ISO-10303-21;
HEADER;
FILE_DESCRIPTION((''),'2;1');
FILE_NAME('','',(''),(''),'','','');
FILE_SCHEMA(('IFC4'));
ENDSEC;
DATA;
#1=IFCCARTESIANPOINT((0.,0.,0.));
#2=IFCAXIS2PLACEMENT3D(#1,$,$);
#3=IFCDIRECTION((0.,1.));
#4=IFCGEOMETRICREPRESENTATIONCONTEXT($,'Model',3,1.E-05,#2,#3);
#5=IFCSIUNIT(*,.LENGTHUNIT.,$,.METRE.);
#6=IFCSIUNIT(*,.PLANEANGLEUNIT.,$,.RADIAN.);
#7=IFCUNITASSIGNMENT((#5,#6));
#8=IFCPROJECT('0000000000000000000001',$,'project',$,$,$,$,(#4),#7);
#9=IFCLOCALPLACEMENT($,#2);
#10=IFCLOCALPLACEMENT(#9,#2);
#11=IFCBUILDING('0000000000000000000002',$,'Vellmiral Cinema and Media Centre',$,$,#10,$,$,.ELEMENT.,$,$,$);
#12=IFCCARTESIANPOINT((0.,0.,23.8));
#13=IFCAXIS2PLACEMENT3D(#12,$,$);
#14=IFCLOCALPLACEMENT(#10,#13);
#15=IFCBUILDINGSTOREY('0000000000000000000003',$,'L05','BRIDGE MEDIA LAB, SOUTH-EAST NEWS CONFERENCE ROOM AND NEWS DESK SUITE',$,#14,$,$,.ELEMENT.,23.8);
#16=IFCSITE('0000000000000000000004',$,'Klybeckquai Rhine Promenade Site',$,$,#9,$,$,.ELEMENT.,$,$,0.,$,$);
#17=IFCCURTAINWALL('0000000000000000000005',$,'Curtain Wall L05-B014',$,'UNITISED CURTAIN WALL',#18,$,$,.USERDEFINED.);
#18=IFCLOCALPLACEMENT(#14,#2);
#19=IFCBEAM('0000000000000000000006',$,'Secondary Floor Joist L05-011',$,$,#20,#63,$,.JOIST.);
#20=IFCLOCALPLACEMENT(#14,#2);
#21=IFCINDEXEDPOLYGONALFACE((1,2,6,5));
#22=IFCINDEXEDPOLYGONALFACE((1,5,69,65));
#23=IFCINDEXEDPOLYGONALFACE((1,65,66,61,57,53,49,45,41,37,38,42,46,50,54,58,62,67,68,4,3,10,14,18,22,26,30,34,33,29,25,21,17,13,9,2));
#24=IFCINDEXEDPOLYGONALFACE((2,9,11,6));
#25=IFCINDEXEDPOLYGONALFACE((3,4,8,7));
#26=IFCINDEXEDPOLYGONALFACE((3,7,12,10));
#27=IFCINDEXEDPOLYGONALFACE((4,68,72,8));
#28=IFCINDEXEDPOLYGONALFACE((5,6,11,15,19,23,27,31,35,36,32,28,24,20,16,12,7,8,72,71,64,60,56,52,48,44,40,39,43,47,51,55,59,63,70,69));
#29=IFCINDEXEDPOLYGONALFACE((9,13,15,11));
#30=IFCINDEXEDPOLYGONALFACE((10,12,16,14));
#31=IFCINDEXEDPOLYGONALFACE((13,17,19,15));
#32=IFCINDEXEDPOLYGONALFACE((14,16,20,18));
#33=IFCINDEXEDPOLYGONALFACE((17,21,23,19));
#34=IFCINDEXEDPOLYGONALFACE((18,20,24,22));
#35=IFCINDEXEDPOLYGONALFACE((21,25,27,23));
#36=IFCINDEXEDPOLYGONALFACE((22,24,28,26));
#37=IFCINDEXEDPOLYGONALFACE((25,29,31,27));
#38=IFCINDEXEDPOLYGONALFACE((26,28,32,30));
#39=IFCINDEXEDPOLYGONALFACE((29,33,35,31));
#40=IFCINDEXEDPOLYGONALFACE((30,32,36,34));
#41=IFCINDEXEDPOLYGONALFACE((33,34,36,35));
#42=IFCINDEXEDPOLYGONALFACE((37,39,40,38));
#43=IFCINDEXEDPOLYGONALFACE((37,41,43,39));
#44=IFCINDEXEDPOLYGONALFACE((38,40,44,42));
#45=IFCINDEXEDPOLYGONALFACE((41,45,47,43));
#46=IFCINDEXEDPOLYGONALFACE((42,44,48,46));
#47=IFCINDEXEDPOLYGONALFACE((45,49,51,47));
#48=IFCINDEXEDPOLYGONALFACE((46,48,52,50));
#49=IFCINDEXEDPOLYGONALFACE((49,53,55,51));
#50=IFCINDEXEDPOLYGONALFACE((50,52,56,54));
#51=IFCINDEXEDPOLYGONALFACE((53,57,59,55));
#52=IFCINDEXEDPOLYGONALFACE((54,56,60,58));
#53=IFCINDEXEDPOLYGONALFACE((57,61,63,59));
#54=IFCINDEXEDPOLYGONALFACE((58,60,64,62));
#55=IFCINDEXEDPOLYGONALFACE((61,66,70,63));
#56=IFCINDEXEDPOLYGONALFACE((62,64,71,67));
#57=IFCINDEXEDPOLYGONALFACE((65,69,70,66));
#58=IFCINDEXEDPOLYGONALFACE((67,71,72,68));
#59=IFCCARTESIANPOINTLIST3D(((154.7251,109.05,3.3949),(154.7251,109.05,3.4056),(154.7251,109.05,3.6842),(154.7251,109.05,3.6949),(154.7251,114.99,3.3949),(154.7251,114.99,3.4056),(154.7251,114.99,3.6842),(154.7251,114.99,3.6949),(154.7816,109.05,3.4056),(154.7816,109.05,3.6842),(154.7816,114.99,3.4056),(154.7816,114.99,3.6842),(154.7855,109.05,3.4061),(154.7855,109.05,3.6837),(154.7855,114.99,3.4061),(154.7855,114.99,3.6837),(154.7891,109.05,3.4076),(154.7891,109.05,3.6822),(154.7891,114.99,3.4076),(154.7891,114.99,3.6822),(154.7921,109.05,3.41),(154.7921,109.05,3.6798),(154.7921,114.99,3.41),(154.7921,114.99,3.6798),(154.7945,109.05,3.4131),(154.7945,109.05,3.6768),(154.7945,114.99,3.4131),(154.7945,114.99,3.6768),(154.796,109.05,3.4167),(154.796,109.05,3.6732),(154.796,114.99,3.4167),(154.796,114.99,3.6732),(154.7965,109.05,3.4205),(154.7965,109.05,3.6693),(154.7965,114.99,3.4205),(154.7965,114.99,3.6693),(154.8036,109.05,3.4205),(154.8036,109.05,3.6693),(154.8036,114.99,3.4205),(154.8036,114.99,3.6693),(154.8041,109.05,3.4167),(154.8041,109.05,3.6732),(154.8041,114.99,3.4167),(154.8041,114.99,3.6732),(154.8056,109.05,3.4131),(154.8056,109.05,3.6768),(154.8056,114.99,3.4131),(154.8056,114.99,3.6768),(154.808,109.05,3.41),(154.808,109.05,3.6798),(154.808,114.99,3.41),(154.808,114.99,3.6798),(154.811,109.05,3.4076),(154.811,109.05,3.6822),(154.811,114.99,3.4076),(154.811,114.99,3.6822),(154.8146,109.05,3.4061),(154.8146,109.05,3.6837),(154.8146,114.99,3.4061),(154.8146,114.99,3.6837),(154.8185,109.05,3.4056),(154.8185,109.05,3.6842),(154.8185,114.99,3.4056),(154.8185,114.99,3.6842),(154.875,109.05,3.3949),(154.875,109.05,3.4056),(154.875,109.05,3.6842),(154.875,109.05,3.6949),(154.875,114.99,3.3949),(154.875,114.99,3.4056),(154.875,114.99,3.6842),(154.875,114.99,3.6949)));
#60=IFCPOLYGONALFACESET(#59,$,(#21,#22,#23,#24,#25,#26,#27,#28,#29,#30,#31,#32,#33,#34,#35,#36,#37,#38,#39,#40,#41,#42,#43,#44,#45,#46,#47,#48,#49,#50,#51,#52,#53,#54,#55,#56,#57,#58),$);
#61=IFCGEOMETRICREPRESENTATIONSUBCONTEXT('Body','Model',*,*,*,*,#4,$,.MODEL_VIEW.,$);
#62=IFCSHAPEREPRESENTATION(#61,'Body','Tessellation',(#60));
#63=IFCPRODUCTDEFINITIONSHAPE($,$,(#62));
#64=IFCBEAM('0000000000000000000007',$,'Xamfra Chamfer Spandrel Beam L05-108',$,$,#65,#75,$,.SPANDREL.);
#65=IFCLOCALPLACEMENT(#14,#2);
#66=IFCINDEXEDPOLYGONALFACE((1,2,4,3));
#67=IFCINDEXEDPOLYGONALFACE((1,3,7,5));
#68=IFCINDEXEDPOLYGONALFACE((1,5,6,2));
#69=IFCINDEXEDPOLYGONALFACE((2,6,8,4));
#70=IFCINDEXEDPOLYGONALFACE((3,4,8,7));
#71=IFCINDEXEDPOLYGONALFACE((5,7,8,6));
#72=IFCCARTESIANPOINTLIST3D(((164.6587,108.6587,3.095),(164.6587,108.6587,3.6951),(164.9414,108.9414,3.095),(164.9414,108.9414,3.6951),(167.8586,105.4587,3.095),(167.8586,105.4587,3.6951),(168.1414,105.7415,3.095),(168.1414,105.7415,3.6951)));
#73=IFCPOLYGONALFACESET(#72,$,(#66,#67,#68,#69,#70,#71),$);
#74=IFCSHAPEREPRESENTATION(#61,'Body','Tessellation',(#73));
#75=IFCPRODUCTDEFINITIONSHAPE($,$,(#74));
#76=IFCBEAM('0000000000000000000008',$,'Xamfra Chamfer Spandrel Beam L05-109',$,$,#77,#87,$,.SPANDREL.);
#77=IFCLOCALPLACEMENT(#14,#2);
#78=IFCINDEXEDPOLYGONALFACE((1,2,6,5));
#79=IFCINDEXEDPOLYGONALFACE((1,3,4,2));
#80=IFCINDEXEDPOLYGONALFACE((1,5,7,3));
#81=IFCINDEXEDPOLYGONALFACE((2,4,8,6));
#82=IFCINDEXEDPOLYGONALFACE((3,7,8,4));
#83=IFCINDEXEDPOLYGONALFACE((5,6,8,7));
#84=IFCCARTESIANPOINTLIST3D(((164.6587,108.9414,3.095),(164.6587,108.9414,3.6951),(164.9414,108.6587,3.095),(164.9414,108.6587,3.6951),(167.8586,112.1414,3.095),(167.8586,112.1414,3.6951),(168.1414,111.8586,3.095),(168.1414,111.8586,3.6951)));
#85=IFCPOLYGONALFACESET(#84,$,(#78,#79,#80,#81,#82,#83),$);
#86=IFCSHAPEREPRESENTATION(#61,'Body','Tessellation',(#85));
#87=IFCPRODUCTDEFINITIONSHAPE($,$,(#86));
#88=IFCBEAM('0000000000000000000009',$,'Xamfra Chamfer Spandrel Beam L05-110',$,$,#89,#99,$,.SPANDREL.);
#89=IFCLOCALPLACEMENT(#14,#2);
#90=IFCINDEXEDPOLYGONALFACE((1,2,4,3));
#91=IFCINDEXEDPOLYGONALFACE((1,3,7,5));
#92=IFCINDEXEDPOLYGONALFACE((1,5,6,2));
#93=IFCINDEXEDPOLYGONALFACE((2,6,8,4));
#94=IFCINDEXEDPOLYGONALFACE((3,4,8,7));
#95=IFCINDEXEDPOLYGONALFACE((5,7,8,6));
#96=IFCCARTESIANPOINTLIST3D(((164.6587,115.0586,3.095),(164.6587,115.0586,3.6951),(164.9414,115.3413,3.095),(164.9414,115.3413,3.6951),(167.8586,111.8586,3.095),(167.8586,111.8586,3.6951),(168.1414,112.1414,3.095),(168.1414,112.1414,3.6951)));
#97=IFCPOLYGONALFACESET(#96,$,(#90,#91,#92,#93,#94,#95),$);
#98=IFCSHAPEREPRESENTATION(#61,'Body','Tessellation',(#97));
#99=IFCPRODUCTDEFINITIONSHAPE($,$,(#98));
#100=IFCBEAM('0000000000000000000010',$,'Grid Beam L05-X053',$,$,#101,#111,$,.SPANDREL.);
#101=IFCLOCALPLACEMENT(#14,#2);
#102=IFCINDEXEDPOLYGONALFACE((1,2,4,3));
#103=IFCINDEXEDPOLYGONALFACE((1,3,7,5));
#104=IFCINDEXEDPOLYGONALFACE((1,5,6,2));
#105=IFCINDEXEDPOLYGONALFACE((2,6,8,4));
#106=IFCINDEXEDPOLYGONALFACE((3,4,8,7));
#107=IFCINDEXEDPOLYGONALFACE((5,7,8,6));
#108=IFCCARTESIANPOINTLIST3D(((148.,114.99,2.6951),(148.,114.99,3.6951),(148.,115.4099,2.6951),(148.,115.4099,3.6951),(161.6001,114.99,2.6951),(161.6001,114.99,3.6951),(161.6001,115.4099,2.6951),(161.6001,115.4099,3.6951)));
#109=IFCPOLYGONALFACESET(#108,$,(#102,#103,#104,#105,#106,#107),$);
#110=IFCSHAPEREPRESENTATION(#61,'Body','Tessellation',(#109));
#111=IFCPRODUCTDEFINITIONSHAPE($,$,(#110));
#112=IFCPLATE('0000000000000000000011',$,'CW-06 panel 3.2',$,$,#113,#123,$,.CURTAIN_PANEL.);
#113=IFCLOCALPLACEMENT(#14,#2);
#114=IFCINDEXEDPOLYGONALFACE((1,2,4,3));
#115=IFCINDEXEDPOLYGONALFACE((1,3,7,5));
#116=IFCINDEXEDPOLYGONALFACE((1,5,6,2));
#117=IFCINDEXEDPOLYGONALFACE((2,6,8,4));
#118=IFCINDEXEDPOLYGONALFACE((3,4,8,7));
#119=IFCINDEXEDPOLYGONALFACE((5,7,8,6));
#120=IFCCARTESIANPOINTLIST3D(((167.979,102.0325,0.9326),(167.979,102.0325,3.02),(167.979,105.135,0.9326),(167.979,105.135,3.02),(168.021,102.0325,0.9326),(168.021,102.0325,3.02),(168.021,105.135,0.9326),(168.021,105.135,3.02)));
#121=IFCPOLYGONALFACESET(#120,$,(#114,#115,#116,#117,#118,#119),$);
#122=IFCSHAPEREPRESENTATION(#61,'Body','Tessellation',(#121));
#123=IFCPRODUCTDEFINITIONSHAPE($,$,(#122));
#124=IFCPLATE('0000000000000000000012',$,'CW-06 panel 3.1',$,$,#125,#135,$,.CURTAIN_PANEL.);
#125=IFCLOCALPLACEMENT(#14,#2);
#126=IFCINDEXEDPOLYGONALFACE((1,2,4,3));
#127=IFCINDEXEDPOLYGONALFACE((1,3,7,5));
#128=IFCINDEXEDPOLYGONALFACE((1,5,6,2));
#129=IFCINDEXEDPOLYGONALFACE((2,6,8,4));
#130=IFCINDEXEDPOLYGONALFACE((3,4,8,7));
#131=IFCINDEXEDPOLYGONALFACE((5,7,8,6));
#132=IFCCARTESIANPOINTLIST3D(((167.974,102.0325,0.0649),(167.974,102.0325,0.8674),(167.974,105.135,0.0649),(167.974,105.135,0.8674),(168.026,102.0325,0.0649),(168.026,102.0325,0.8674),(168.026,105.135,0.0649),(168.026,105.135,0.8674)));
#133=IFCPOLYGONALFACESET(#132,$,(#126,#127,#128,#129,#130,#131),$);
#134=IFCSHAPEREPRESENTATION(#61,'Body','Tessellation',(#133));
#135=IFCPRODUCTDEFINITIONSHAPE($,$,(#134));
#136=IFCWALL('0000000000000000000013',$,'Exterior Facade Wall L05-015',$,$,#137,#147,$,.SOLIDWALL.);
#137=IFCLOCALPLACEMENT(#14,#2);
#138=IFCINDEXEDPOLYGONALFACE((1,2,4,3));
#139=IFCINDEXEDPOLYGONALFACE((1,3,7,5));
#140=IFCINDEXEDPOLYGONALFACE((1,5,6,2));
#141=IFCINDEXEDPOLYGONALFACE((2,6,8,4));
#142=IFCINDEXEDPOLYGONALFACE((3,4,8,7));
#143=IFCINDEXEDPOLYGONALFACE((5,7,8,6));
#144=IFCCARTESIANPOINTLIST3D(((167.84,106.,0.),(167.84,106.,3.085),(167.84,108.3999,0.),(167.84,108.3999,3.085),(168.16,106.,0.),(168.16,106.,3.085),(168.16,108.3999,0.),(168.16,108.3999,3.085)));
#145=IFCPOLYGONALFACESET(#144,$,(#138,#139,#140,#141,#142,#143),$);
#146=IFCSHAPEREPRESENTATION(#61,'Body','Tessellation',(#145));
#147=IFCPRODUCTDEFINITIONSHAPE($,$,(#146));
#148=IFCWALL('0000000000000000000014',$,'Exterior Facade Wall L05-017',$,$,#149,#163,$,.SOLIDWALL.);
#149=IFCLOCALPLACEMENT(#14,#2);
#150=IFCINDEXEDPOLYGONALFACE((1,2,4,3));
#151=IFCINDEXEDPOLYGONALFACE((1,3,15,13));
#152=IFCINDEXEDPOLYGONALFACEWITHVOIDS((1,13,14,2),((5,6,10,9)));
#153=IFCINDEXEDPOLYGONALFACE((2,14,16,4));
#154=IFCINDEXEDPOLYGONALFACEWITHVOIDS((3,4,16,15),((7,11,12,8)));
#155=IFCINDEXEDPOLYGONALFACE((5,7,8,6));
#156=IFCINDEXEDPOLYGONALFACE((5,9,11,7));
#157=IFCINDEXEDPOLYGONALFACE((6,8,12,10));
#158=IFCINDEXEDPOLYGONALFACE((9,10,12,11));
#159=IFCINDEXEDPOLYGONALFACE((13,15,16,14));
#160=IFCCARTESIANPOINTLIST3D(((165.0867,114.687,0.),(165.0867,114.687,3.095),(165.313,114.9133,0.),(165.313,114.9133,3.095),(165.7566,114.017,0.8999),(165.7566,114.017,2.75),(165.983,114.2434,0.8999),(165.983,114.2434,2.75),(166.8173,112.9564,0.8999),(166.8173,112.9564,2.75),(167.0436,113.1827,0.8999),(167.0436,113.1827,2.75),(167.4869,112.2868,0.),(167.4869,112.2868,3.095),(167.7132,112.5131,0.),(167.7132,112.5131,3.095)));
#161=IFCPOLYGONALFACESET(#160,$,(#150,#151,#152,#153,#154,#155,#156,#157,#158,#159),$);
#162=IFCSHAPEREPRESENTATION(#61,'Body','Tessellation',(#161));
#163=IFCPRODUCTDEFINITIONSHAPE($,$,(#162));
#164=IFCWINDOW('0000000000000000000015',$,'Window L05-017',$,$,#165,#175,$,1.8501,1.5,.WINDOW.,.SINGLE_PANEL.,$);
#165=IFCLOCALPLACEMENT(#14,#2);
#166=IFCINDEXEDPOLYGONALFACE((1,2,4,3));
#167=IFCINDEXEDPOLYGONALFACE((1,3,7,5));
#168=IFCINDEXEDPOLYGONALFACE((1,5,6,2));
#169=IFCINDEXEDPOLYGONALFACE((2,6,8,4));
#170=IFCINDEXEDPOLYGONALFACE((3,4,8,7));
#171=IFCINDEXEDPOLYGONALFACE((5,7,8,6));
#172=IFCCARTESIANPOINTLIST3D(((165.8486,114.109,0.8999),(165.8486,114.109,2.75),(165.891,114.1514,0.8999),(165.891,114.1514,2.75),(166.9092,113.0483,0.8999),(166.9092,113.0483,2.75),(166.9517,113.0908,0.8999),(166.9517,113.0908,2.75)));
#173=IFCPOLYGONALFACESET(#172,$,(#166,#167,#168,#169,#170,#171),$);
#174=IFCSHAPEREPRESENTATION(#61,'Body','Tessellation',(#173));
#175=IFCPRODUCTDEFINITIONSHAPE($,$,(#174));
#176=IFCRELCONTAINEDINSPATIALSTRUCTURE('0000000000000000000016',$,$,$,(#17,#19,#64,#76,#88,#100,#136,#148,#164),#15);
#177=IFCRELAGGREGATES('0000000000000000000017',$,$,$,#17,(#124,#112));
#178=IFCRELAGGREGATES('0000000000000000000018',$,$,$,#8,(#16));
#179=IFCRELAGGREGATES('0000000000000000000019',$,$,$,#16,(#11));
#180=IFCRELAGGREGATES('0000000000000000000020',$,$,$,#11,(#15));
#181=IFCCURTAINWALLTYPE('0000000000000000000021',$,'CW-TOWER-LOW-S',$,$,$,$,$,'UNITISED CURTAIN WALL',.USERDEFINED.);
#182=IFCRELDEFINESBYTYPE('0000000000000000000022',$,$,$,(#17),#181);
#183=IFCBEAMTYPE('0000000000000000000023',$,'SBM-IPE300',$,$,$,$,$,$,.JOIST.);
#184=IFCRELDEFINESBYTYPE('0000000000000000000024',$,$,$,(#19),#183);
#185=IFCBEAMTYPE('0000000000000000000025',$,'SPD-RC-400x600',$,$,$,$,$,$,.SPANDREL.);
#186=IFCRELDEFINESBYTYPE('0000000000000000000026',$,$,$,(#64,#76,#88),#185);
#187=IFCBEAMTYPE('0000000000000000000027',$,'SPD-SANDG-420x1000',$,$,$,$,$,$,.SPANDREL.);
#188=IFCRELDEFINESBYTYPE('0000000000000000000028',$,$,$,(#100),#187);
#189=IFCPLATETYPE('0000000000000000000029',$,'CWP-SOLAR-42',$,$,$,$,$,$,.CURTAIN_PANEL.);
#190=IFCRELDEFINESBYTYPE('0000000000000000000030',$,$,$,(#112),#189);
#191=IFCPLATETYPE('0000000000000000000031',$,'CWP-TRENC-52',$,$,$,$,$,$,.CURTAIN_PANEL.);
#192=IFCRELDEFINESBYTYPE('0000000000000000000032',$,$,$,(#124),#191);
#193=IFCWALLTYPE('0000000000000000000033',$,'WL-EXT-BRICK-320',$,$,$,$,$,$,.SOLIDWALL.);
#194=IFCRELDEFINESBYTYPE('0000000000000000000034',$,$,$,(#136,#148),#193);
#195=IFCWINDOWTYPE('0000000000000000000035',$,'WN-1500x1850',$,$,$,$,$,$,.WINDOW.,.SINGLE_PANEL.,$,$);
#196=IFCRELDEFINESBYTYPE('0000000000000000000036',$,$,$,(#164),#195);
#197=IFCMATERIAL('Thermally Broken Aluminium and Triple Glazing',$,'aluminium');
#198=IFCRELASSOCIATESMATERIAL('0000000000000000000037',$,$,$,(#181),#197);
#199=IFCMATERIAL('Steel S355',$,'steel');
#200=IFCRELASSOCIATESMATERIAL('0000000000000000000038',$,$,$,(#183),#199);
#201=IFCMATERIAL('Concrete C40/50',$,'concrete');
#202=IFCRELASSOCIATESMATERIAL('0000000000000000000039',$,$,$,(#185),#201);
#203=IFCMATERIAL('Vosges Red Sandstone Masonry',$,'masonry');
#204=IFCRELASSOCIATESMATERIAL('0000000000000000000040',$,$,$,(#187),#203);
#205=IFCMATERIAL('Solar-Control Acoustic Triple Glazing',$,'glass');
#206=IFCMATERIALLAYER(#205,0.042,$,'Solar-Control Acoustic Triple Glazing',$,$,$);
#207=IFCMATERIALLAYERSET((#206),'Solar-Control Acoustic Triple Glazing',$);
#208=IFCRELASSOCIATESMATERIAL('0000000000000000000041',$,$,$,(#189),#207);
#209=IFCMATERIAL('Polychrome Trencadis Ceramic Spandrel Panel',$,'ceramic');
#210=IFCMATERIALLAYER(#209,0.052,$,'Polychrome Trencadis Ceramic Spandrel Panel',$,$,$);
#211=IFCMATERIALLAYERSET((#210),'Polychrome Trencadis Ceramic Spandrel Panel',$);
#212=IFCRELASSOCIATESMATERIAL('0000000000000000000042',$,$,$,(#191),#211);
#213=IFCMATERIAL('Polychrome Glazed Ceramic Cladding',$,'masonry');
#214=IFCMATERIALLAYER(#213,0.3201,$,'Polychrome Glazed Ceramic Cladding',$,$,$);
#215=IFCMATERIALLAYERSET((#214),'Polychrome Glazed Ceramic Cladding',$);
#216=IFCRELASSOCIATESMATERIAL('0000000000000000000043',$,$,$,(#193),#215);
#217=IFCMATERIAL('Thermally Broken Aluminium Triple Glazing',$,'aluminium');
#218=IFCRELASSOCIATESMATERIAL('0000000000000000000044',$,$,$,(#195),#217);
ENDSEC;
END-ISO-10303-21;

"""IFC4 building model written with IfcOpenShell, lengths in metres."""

from ifc_helpers import new_model, si_unit, direction, frame, frame_2d, origin, origin_2d, place, context, subcontext, project, spatial, rectangle, i_section, extrude, material, layer, layer_set, material_profile, profile_set, type_object, element, fill, aggregate, save


model = new_model("IFC4")

# Units and contexts
model_context = context("Model", 3, precision=1e-05, world=origin(), true_north=direction((0.0, 1.0)))
body_context = subcontext(model_context, "Body", "Model", "MODEL_VIEW")
ifc_project = project(units=[si_unit("LENGTHUNIT", "METRE"), si_unit("PLANEANGLEUNIT", "RADIAN")], contexts=[model_context])

# Site, building, storey
site_placement = place(None, origin())
site = spatial("IfcSite", under=ifc_project, at=site_placement, Name="Klybeckquai Rhine Promenade Site", CompositionType="ELEMENT", RefElevation=0.0)
building_placement = place(site_placement, origin())
building = spatial("IfcBuilding", under=site, at=building_placement, Name="Vellmiral Cinema and Media Centre", CompositionType="ELEMENT")
storey_placement = place(building_placement, frame((0.0, 0.0, 23.8)))
storey = spatial("IfcBuildingStorey", under=building, at=storey_placement, Name="L05", Description="BRIDGE MEDIA LAB, SOUTH-EAST NEWS CONFERENCE ROOM AND NEWS DESK SUITE", CompositionType="ELEMENT", Elevation=23.8)

# Curtain wall
ifc_material_1 = material(Name="Thermally Broken Aluminium and Triple Glazing", Category="aluminium")
curtain_wall_type = type_object("IfcCurtainWallType", Name="CW-TOWER-LOW-S", ElementType="UNITISED CURTAIN WALL", PredefinedType="USERDEFINED", material=ifc_material_1)
curtain_wall_1_placement = place(storey_placement, origin())
curtain_wall_1 = element("IfcCurtainWall", 1, at=curtain_wall_1_placement, inside=storey, type_object=curtain_wall_type, Name="Curtain Wall L05-B014", ObjectType="UNITISED CURTAIN WALL", PredefinedType="USERDEFINED")

# Beams
ifc_material_2 = material(Name="Steel S355", Category="steel")
ifc_material_profile_1 = material_profile(ifc_material_2, i_section(OverallWidth=0.1499, OverallDepth=0.3, WebThickness=0.0071, FlangeThickness=0.0107, FilletRadius=0.0149, at=origin_2d()), Name="IPE 300")
ifc_profile_set_1 = profile_set([ifc_material_profile_1], Name="Steel S355")
beam_type_1 = type_object("IfcBeamType", Name="SBM-IPE300", PredefinedType="JOIST", material=ifc_profile_set_1)
beam_1_placement = place(storey_placement, frame((154.8, 109.05, 3.5449), z_axis=(0.0, 1.0, 0.0), x_axis=(-1.0, 0.0, 0.0)))
element("IfcBeam", 2, at=beam_1_placement, inside=storey, type_object=beam_type_1, Name="Secondary Floor Joist L05-011", PredefinedType="JOIST", context=body_context, shape_type="SweptSolid", body=[
    extrude(i_section(OverallWidth=0.1499, OverallDepth=0.3, WebThickness=0.0071, FlangeThickness=0.0107, FilletRadius=0.0149, at=origin_2d()), origin(), (0.0, 0.0, 1.0), 5.9399),
])
ifc_material_3 = material(Name="Concrete C40/50", Category="concrete")
ifc_material_profile_2 = material_profile(ifc_material_3, rectangle(XDim=0.3999, YDim=0.6001, at=origin_2d()), Name="RC 400x600")
ifc_profile_set_2 = profile_set([ifc_material_profile_2], Name="Concrete C40/50")
beam_type_2 = type_object("IfcBeamType", Name="SPD-RC-400x600", PredefinedType="SPANDREL", material=ifc_profile_set_2)
for number, where, z_axis, x_axis, name in (
    (3, (164.8, 108.8, 3.395), (0.707107, -0.707107, 0.0), (0.707107, 0.707107, 0.0), "Xamfra Chamfer Spandrel Beam L05-108"),
    (4, (164.8, 108.8, 3.395), (0.707107, 0.707107, 0.0), (-0.707107, 0.707107, 0.0), "Xamfra Chamfer Spandrel Beam L05-109"),
    (5, (164.8, 115.2, 3.395), (0.707107, -0.707107, 0.0), (0.707107, 0.707107, 0.0), "Xamfra Chamfer Spandrel Beam L05-110"),
):
    element("IfcBeam", number, at=place(storey_placement, frame(where, z_axis=z_axis, x_axis=x_axis)), inside=storey, type_object=beam_type_2, Name=name, PredefinedType="SPANDREL", context=body_context, shape_type="SweptSolid", body=[
        extrude(rectangle(XDim=0.3999, YDim=0.6001, at=origin_2d()), origin(), (0.0, 0.0, 1.0), 4.5254),
    ])
ifc_material_4 = material(Name="Vosges Red Sandstone Masonry", Category="masonry")
ifc_material_profile_3 = material_profile(ifc_material_4, rectangle(XDim=0.4199, YDim=1.0, at=origin_2d()), Name="SAND 420x1000")
ifc_profile_set_3 = profile_set([ifc_material_profile_3], Name="Vosges Red Sandstone Masonry")
beam_type_3 = type_object("IfcBeamType", Name="SPD-SANDG-420x1000", PredefinedType="SPANDREL", material=ifc_profile_set_3)
beam_2_placement = place(storey_placement, frame((148.0, 115.2, 3.1951), z_axis=(1.0, 0.0, 0.0), x_axis=(0.0, 1.0, 0.0)))
element("IfcBeam", 6, at=beam_2_placement, inside=storey, type_object=beam_type_3, Name="Grid Beam L05-X053", PredefinedType="SPANDREL", context=body_context, shape_type="SweptSolid", body=[
    extrude(rectangle(XDim=0.4199, YDim=1.0, at=origin_2d()), origin(), (0.0, 0.0, 1.0), 13.6001),
])

# Plates
ifc_material_5 = material(Name="Solar-Control Acoustic Triple Glazing", Category="glass")
ifc_layer_1 = layer(ifc_material_5, 0.042, Name="Solar-Control Acoustic Triple Glazing")
ifc_layer_set_1 = layer_set([ifc_layer_1], Name="Solar-Control Acoustic Triple Glazing")
plate_type_1 = type_object("IfcPlateType", Name="CWP-SOLAR-42", PredefinedType="CURTAIN_PANEL", material=ifc_layer_set_1)
plate_1_placement = place(storey_placement, frame((168.0, 103.5837, 0.9326), z_axis=(0.0, 0.0, 1.0), x_axis=(0.0, 1.0, 0.0)))
plate_1 = element("IfcPlate", 7, at=plate_1_placement, type_object=plate_type_1, Name="CW-06 panel 3.2", PredefinedType="CURTAIN_PANEL", context=body_context, shape_type="SweptSolid", body=[
    extrude(rectangle(XDim=3.1025, YDim=0.042, at=origin_2d()), origin(), (0.0, 0.0, 1.0), 2.0874),
])
ifc_material_6 = material(Name="Polychrome Trencadis Ceramic Spandrel Panel", Category="ceramic")
ifc_layer_2 = layer(ifc_material_6, 0.052, Name="Polychrome Trencadis Ceramic Spandrel Panel")
ifc_layer_set_2 = layer_set([ifc_layer_2], Name="Polychrome Trencadis Ceramic Spandrel Panel")
plate_type_2 = type_object("IfcPlateType", Name="CWP-TRENC-52", PredefinedType="CURTAIN_PANEL", material=ifc_layer_set_2)
plate_2_placement = place(storey_placement, frame((168.0, 103.5837, 0.0649), z_axis=(0.0, 0.0, 1.0), x_axis=(0.0, 1.0, 0.0)))
plate_2 = element("IfcPlate", 8, at=plate_2_placement, type_object=plate_type_2, Name="CW-06 panel 3.1", PredefinedType="CURTAIN_PANEL", context=body_context, shape_type="SweptSolid", body=[
    extrude(rectangle(XDim=3.1025, YDim=0.052, at=origin_2d()), origin(), (0.0, 0.0, 1.0), 0.8025),
])
aggregate(curtain_wall_1, [plate_2, plate_1])

# Wall
ifc_material_7 = material(Name="Polychrome Glazed Ceramic Cladding", Category="masonry")
ifc_layer_3 = layer(ifc_material_7, 0.3201, Name="Polychrome Glazed Ceramic Cladding")
ifc_layer_set_3 = layer_set([ifc_layer_3], Name="Polychrome Glazed Ceramic Cladding")
wall_type_1 = type_object("IfcWallType", Name="WL-EXT-BRICK-320", PredefinedType="SOLIDWALL", material=ifc_layer_set_3)
wall_1_placement = place(storey_placement, frame((168.0, 106.0, 0.0), z_axis=(0.0, 0.0, 1.0), x_axis=(0.0, 1.0, 0.0)))
element("IfcWall", 9, at=wall_1_placement, inside=storey, type_object=wall_type_1, Name="Exterior Facade Wall L05-015", PredefinedType="SOLIDWALL", context=body_context, shape_type="SweptSolid", body=[
    extrude(rectangle(XDim=2.3999, YDim=0.3201, at=frame_2d((1.2, 0.0))), origin(), (0.0, 0.0, 1.0), 3.085),
])

# Wall, opening, window
wall_2_placement = place(storey_placement, frame((167.6001, 112.3999, 0.0), z_axis=(0.0, 0.0, 1.0), x_axis=(-0.707107, 0.707107, 0.0)))
wall_2 = element("IfcWall", 10, at=wall_2_placement, inside=storey, type_object=wall_type_1, Name="Exterior Facade Wall L05-017", PredefinedType="SOLIDWALL", context=body_context, shape_type="SweptSolid", body=[
    extrude(rectangle(XDim=3.3943, YDim=0.3201, at=frame_2d((1.6973, 0.0))), origin(), (0.0, 0.0, 1.0), 3.095),
])
opening_1_placement = place(wall_2_placement, frame((0.947, 0.0, 0.8999)))
opening_1 = element("IfcOpeningElement", 11, at=opening_1_placement, cuts=wall_2, PredefinedType="OPENING", context=body_context, shape_type="SweptSolid", body=[
    extrude(rectangle(XDim=1.5, YDim=1.8501, at=frame_2d((0.75, 0.925))), frame((0.0, 0.1719, 0.0), z_axis=(0.0, -1.0, 0.0), x_axis=(1.0, 0.0, 0.0)), (0.0, 0.0, 1.0), 0.344),
])
ifc_material_8 = material(Name="Thermally Broken Aluminium Triple Glazing", Category="aluminium")
window_type_1 = type_object("IfcWindowType", Name="WN-1500x1850", PartitioningType="SINGLE_PANEL", PredefinedType="WINDOW", material=ifc_material_8)
window_1_placement = place(opening_1_placement, origin())
window_1 = element("IfcWindow", 12, at=window_1_placement, inside=storey, type_object=window_type_1, Name="Window L05-017", OverallHeight=1.8501, OverallWidth=1.5, PartitioningType="SINGLE_PANEL", PredefinedType="WINDOW", context=body_context, shape_type="SweptSolid", body=[
    extrude(rectangle(XDim=1.5, YDim=1.8501, at=frame_2d((0.75, 0.925))), frame((0.0, 0.03, 0.0), z_axis=(0.0, -1.0, 0.0), x_axis=(1.0, 0.0, 0.0)), (0.0, 0.0, 1.0), 0.0601),
])
fill(opening_1, window_1)

save(model, "model.ifc")
